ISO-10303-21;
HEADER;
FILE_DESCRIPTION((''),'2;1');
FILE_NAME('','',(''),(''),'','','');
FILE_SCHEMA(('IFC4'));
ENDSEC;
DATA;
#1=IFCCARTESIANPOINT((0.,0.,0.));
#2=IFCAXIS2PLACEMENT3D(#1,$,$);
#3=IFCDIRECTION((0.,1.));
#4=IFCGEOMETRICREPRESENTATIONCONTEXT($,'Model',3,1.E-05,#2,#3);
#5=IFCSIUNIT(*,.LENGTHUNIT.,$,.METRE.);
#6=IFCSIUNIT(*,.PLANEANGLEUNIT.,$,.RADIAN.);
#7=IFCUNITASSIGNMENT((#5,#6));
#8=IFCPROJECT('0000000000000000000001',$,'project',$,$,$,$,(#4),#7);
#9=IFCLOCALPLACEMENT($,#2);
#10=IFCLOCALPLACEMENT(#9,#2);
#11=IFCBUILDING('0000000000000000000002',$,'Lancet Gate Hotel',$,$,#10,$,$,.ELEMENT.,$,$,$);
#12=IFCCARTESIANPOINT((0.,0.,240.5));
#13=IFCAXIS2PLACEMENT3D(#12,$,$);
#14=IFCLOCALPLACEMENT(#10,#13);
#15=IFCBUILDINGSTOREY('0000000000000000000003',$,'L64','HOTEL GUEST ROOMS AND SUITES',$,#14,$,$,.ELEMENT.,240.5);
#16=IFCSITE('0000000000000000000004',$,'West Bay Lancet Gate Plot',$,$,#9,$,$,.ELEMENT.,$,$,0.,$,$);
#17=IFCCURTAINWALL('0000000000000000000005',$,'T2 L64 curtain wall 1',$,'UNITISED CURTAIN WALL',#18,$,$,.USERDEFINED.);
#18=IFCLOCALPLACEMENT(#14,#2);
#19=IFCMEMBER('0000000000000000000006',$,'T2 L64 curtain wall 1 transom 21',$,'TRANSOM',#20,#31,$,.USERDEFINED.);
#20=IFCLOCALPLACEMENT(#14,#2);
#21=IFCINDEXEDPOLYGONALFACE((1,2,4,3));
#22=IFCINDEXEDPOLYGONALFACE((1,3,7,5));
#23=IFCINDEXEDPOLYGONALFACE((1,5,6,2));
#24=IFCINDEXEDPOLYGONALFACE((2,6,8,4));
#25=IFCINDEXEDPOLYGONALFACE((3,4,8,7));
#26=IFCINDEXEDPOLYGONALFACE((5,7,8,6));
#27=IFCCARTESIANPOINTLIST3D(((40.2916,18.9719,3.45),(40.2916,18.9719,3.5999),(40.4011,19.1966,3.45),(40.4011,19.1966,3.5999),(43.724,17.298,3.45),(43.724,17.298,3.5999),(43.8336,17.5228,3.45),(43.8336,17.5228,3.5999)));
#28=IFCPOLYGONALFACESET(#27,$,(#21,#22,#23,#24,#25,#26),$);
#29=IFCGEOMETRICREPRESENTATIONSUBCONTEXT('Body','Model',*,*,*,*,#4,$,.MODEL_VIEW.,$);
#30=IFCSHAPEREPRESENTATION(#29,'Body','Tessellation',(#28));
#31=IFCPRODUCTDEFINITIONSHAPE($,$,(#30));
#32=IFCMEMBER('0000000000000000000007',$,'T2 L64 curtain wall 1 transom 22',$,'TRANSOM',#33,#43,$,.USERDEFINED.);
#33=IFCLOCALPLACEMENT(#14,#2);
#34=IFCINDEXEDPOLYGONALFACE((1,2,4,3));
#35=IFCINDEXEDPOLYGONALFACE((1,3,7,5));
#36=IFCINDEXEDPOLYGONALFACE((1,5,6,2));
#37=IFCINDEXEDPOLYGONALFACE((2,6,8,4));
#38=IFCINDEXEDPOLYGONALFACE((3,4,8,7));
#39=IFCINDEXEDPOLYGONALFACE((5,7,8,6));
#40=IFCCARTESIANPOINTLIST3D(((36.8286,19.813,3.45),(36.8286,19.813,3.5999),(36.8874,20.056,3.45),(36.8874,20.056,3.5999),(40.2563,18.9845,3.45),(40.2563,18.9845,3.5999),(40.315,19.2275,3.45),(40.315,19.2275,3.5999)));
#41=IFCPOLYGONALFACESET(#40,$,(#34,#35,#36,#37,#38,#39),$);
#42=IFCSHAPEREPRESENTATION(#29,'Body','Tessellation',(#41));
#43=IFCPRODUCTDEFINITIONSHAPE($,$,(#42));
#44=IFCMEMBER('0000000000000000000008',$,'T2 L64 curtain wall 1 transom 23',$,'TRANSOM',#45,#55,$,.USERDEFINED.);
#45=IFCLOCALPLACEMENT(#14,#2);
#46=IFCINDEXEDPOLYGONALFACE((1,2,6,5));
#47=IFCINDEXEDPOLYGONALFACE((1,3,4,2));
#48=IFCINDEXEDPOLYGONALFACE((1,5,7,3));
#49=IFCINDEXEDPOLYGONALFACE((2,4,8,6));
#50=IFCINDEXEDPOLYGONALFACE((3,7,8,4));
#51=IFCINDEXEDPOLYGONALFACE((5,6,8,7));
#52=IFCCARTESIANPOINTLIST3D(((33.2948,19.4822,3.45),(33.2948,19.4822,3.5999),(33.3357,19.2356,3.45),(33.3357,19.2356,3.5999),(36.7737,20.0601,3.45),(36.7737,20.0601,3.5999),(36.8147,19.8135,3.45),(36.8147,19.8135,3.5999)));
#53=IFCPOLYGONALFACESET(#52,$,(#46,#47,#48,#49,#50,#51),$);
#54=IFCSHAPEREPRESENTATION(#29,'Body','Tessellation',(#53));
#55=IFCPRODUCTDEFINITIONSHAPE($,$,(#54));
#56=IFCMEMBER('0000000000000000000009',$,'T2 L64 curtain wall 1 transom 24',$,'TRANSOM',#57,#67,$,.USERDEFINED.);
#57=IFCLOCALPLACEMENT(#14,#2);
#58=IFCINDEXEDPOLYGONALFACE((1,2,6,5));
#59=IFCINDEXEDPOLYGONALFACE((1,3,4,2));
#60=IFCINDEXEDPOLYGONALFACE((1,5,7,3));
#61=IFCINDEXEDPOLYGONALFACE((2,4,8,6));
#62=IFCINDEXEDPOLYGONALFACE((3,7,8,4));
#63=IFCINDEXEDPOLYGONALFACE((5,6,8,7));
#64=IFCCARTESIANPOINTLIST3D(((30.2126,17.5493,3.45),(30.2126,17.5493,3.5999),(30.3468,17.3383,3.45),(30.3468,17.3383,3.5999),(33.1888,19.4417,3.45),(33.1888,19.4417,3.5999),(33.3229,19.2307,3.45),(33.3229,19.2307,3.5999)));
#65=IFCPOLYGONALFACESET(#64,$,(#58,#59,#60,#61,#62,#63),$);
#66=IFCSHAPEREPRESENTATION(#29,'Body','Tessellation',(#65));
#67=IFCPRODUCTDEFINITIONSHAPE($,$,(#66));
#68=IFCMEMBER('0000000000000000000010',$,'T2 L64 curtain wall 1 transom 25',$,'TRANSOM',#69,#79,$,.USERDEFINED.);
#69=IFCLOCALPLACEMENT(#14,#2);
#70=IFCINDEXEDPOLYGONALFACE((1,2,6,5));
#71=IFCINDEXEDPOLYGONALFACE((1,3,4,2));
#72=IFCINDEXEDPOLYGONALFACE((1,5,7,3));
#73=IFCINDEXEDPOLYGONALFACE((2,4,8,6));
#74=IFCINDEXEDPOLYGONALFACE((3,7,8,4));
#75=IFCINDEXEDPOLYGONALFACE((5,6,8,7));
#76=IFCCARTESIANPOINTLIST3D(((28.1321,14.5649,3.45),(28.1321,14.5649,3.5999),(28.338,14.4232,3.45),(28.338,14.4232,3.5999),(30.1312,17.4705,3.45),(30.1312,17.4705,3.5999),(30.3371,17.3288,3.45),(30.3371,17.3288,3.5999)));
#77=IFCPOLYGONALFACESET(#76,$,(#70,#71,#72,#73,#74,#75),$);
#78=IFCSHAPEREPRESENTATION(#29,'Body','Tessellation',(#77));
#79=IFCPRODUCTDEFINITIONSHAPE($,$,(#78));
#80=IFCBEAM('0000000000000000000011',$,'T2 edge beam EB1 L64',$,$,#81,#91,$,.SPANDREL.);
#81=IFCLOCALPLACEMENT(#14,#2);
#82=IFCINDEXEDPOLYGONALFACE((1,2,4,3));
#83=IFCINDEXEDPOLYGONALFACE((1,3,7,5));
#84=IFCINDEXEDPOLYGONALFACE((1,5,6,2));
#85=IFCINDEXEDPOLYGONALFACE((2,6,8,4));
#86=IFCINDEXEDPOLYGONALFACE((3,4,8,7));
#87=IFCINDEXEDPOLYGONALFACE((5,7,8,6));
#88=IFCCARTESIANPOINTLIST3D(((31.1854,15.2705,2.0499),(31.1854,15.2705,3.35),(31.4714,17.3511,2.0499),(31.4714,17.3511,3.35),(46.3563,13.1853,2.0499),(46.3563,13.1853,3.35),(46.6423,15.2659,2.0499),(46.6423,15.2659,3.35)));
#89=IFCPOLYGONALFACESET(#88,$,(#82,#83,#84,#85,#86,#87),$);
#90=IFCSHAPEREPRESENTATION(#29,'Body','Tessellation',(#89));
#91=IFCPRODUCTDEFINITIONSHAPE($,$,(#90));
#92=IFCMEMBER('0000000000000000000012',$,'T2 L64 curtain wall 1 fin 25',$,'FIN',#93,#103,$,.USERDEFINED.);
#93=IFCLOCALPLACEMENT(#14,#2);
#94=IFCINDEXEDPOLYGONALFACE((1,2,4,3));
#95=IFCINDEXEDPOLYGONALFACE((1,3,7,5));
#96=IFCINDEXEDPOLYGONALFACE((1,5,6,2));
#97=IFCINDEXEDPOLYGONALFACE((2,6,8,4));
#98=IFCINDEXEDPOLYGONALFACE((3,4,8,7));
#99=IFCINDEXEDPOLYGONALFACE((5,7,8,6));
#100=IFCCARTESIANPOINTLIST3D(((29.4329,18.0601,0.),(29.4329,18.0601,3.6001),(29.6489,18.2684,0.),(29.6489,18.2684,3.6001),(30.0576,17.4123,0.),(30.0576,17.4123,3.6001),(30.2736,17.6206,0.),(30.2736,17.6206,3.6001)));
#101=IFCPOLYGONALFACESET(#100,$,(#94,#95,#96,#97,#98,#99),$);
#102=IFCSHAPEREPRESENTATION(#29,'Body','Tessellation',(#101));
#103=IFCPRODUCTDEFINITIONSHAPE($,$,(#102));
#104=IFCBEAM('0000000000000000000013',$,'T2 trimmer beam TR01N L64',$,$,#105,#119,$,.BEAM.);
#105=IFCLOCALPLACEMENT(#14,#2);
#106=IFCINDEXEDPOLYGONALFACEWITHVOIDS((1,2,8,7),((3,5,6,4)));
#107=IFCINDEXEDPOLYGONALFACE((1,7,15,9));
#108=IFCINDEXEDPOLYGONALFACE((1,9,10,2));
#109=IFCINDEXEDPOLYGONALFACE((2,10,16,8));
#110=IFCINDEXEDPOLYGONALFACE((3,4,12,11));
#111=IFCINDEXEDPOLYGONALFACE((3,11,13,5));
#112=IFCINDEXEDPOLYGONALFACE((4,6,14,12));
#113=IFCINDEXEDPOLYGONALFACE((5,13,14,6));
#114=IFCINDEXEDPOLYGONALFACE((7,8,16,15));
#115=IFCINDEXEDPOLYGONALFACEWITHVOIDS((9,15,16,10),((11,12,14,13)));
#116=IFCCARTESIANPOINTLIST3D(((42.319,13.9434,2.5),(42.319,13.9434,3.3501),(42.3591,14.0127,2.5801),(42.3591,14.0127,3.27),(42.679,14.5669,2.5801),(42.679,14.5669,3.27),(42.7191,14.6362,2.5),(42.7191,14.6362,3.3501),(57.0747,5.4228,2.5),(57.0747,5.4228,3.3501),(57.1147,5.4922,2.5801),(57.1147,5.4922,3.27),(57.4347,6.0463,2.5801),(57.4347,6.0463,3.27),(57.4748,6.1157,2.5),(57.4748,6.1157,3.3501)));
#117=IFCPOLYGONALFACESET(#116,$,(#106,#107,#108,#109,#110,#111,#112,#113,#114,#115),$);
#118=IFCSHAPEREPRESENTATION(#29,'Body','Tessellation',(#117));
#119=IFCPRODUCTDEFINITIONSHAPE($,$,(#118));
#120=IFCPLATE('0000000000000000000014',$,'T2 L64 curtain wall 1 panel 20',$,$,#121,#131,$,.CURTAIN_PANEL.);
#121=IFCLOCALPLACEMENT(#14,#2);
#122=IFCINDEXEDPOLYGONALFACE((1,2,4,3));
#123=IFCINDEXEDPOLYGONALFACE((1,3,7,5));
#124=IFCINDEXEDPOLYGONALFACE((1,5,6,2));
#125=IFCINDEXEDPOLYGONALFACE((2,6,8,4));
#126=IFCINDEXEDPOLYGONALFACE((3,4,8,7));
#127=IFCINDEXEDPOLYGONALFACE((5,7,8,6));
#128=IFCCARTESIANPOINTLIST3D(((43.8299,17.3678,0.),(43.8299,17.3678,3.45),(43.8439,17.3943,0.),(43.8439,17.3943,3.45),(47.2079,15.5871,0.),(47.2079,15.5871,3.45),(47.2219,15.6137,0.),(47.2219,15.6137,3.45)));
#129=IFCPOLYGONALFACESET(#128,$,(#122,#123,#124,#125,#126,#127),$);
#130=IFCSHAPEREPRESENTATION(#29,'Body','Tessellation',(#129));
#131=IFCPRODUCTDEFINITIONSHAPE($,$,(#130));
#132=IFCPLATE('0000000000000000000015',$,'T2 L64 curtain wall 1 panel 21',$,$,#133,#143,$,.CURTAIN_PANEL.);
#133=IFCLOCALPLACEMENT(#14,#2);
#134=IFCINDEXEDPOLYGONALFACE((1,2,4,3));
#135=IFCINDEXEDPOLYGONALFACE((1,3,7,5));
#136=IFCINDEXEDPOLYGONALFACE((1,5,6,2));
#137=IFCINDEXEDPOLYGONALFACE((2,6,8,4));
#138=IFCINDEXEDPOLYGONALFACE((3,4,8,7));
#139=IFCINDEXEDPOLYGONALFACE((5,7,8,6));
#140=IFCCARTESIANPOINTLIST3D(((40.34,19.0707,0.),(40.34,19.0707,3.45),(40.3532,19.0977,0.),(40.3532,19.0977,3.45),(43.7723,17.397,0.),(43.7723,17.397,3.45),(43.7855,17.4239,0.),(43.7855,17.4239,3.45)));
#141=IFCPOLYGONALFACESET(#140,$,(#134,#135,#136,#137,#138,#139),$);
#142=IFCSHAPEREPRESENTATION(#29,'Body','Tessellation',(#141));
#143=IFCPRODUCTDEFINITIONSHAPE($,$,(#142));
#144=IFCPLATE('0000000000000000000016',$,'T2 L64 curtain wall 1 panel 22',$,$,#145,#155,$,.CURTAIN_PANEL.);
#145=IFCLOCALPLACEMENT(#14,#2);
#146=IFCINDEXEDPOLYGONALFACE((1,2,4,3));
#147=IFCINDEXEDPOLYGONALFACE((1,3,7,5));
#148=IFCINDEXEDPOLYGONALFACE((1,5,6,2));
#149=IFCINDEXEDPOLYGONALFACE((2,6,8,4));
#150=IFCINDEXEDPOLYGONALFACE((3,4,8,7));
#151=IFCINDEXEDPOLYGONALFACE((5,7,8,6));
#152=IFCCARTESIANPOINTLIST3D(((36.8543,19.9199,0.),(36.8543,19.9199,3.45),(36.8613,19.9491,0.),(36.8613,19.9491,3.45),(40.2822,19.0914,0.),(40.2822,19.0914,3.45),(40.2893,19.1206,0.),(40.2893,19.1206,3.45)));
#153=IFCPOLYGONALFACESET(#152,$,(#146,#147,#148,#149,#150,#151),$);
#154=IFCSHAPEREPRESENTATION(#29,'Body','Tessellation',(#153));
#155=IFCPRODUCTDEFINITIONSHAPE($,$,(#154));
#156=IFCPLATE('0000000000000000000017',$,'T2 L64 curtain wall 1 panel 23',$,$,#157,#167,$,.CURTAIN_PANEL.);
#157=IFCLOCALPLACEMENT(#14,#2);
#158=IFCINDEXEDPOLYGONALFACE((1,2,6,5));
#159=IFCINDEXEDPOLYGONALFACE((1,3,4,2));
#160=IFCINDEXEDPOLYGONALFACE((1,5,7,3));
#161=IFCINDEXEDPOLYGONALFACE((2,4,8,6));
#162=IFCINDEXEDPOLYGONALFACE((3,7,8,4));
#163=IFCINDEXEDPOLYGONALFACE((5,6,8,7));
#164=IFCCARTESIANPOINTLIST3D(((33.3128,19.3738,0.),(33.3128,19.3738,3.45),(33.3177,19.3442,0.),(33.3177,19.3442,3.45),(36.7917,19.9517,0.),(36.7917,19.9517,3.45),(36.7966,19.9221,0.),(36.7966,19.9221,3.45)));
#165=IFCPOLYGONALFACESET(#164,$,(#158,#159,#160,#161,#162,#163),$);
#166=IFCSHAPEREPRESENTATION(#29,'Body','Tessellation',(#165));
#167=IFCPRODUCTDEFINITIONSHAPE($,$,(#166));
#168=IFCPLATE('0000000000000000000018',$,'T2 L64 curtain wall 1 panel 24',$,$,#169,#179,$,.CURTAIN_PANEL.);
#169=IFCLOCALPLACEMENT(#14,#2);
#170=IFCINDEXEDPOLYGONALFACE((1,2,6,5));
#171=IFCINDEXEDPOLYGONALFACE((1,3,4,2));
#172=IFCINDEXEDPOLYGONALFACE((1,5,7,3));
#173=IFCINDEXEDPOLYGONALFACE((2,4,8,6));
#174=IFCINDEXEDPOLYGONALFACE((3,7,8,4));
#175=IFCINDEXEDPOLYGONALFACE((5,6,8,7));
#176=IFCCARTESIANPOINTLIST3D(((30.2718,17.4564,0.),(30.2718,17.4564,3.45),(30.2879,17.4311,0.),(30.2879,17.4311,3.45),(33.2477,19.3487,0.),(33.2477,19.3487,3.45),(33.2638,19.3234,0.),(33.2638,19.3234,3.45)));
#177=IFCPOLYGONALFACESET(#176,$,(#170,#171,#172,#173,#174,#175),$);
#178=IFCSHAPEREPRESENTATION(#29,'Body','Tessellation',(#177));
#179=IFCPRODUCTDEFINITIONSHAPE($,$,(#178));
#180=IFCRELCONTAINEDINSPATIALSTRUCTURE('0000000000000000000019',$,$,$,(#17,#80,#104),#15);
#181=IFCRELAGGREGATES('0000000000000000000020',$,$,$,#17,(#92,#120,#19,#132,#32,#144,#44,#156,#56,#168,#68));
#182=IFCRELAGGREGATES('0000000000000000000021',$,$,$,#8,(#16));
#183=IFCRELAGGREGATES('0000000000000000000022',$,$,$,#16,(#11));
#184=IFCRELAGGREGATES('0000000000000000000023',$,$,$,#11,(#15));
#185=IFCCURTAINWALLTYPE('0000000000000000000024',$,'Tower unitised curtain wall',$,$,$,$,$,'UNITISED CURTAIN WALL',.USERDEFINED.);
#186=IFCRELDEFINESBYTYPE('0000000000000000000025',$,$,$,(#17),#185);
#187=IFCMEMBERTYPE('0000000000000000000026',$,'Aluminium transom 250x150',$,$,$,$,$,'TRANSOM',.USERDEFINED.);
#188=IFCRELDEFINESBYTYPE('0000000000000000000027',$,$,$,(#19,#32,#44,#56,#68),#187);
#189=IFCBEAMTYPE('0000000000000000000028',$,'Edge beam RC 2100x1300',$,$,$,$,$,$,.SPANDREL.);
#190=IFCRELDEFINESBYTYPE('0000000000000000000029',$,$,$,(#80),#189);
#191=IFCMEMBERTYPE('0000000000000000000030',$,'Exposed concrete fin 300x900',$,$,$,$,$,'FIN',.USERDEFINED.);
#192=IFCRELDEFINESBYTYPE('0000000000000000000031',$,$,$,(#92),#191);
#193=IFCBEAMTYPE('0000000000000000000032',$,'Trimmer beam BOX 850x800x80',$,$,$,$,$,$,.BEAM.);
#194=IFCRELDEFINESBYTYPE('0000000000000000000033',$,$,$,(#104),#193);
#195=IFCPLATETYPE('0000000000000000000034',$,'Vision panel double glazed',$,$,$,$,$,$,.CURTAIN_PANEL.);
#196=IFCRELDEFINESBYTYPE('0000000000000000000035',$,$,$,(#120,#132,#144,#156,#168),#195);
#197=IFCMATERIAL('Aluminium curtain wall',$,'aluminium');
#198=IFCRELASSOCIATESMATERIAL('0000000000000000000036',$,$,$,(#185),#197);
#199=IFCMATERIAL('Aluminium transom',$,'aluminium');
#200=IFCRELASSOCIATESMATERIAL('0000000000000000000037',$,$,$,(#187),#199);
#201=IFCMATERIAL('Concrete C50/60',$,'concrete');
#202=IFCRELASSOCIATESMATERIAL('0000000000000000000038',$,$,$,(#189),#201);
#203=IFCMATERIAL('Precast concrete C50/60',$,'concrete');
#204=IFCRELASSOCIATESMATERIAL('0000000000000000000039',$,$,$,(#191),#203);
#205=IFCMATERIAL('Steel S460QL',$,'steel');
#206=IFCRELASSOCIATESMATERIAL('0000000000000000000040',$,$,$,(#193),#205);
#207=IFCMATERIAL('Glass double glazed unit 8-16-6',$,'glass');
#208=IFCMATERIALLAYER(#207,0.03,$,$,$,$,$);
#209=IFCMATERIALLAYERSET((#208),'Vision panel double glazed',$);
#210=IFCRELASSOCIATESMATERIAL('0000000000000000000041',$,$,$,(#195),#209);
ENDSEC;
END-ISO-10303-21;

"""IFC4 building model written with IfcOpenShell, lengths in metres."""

from ifc_helpers import new_model, si_unit, direction, frame, origin, origin_2d, place, context, subcontext, project, spatial, rectangle, hollow_rectangle, extrude, material, layer, layer_set, material_profile, profile_set, type_object, element, aggregate, save


model = new_model("IFC4")

# Units and contexts
model_context = context("Model", 3, precision=1e-05, world=origin(), true_north=direction((0.0, 1.0)))
body_context = subcontext(model_context, "Body", "Model", "MODEL_VIEW")
ifc_project = project(units=[si_unit("LENGTHUNIT", "METRE"), si_unit("PLANEANGLEUNIT", "RADIAN")], contexts=[model_context])

# Site, building, storey
site_placement = place(None, origin())
site = spatial("IfcSite", under=ifc_project, at=site_placement, Name="West Bay Lancet Gate Plot", CompositionType="ELEMENT", RefElevation=0.0)
building_placement = place(site_placement, origin())
building = spatial("IfcBuilding", under=site, at=building_placement, Name="Lancet Gate Hotel", CompositionType="ELEMENT")
storey_placement = place(building_placement, frame((0.0, 0.0, 240.5)))
storey = spatial("IfcBuildingStorey", under=building, at=storey_placement, Name="L64", Description="HOTEL GUEST ROOMS AND SUITES", CompositionType="ELEMENT", Elevation=240.5)

# Curtain wall, members
ifc_material_1 = material(Name="Aluminium curtain wall", Category="aluminium")
curtain_wall_type = type_object("IfcCurtainWallType", Name="Tower unitised curtain wall", ElementType="UNITISED CURTAIN WALL", PredefinedType="USERDEFINED", material=ifc_material_1)
curtain_wall_placement = place(storey_placement, origin())
curtain_wall = element("IfcCurtainWall", 1, at=curtain_wall_placement, inside=storey, type_object=curtain_wall_type, Name="T2 L64 curtain wall 1", ObjectType="UNITISED CURTAIN WALL", PredefinedType="USERDEFINED")
ifc_material_2 = material(Name="Aluminium transom", Category="aluminium")
ifc_material_profile_1 = material_profile(ifc_material_2, rectangle(XDim=0.25, YDim=0.1499, at=origin_2d()), Name="TRANSOM 250x150")
ifc_profile_set_1 = profile_set([ifc_material_profile_1], Name="Aluminium transom")
member_type_1 = type_object("IfcMemberType", Name="Aluminium transom 250x150", ElementType="TRANSOM", PredefinedType="USERDEFINED", material=ifc_profile_set_1)
member_1_placement = place(storey_placement, frame((43.7788, 17.4104, 3.5249), z_axis=(-0.89882, 0.438318, 0.0), x_axis=(-0.438318, -0.89882, 0.0)))
member_1 = element("IfcMember", 2, at=member_1_placement, type_object=member_type_1, Name="T2 L64 curtain wall 1 transom 21", ObjectType="TRANSOM", PredefinedType="USERDEFINED", context=body_context, shape_type="SweptSolid", body=[
    extrude(rectangle(XDim=0.25, YDim=0.1499, at=origin_2d()), origin(), (0.0, 0.0, 1.0), 3.8188),
])
member_2_placement = place(storey_placement, frame((40.2856, 19.106, 3.5249), z_axis=(-0.972003, 0.23497, 0.0), x_axis=(-0.23497, -0.972003, 0.0)))
member_2 = element("IfcMember", 3, at=member_2_placement, type_object=member_type_1, Name="T2 L64 curtain wall 1 transom 22", ObjectType="TRANSOM", PredefinedType="USERDEFINED", context=body_context, shape_type="SweptSolid", body=[
    extrude(rectangle(XDim=0.25, YDim=0.1499, at=origin_2d()), origin(), (0.0, 0.0, 1.0), 3.5264),
])
member_3_placement = place(storey_placement, frame((36.7942, 19.9368, 3.5249), z_axis=(-0.986484, -0.16386, 0.0), x_axis=(0.16386, -0.986484, 0.0)))
member_3 = element("IfcMember", 4, at=member_3_placement, type_object=member_type_1, Name="T2 L64 curtain wall 1 transom 23", ObjectType="TRANSOM", PredefinedType="USERDEFINED", context=body_context, shape_type="SweptSolid", body=[
    extrude(rectangle(XDim=0.25, YDim=0.1499, at=origin_2d()), origin(), (0.0, 0.0, 1.0), 3.5266),
])
member_4_placement = place(storey_placement, frame((33.2559, 19.3362, 3.5249), z_axis=(-0.843858, -0.536566, 0.0), x_axis=(0.536566, -0.843858, 0.0)))
member_4 = element("IfcMember", 5, at=member_4_placement, type_object=member_type_1, Name="T2 L64 curtain wall 1 transom 24", ObjectType="TRANSOM", PredefinedType="USERDEFINED", context=body_context, shape_type="SweptSolid", body=[
    extrude(rectangle(XDim=0.25, YDim=0.1499, at=origin_2d()), origin(), (0.0, 0.0, 1.0), 3.5269),
])
member_5_placement = place(storey_placement, frame((30.2341, 17.3997, 3.5249), z_axis=(-0.566814, -0.823846, 0.0), x_axis=(0.823846, -0.566814, 0.0)))
member_5 = element("IfcMember", 6, at=member_5_placement, type_object=member_type_1, Name="T2 L64 curtain wall 1 transom 25", ObjectType="TRANSOM", PredefinedType="USERDEFINED", context=body_context, shape_type="SweptSolid", body=[
    extrude(rectangle(XDim=0.25, YDim=0.1499, at=origin_2d()), origin(), (0.0, 0.0, 1.0), 3.5269),
])

# Beam
ifc_material_3 = material(Name="Concrete C50/60", Category="concrete")
ifc_material_profile_2 = material_profile(ifc_material_3, rectangle(XDim=2.1001, YDim=1.3, at=origin_2d()), Name="RC 2100x1300")
ifc_profile_set_2 = profile_set([ifc_material_profile_2], Name="Concrete C50/60")
beam_type_1 = type_object("IfcBeamType", Name="Edge beam RC 2100x1300", PredefinedType="SPANDREL", material=ifc_profile_set_2)
beam_1_placement = place(storey_placement, frame((46.4993, 14.2256, 2.7), z_axis=(-0.990686, 0.136167, 0.0), x_axis=(-0.136167, -0.990686, 0.0)))
element("IfcBeam", 7, at=beam_1_placement, inside=storey, type_object=beam_type_1, Name="T2 edge beam EB1 L64", PredefinedType="SPANDREL", context=body_context, shape_type="SweptSolid", body=[
    extrude(rectangle(XDim=2.1001, YDim=1.3, at=origin_2d()), origin(), (0.0, 0.0, 1.0), 15.3135),
])

# Member
ifc_material_4 = material(Name="Precast concrete C50/60", Category="concrete")
ifc_material_profile_3 = material_profile(ifc_material_4, rectangle(XDim=0.3, YDim=0.8999, at=origin_2d()), Name="FIN 300x900")
ifc_profile_set_3 = profile_set([ifc_material_profile_3], Name="Precast concrete C50/60")
member_type_2 = type_object("IfcMemberType", Name="Exposed concrete fin 300x900", ElementType="FIN", PredefinedType="USERDEFINED", material=ifc_profile_set_3)
member_6_placement = place(storey_placement, frame((29.8533, 17.8403, 0.0), z_axis=(0.0, 0.0, 1.0), x_axis=(-0.719809, -0.694172, 0.0)))
member_6 = element("IfcMember", 8, at=member_6_placement, type_object=member_type_2, Name="T2 L64 curtain wall 1 fin 25", ObjectType="FIN", PredefinedType="USERDEFINED", context=body_context, shape_type="SweptSolid", body=[
    extrude(rectangle(XDim=0.3, YDim=0.8999, at=origin_2d()), origin(), (0.0, 0.0, 1.0), 3.6001),
])

# Beam
ifc_material_5 = material(Name="Steel S460QL", Category="steel")
ifc_material_profile_4 = material_profile(ifc_material_5, hollow_rectangle(XDim=0.8, YDim=0.8501, WallThickness=0.0801, at=origin_2d()), Name="BOX 850x800x80")
ifc_profile_set_4 = profile_set([ifc_material_profile_4], Name="Steel S460QL")
beam_type_2 = type_object("IfcBeamType", Name="Trimmer beam BOX 850x800x80", PredefinedType="BEAM", material=ifc_profile_set_4)
beam_2_placement = place(storey_placement, frame((42.519, 14.2898, 2.925), z_axis=(0.865991, -0.500059, 0.0), x_axis=(0.500059, 0.865991, 0.0)))
element("IfcBeam", 9, at=beam_2_placement, inside=storey, type_object=beam_type_2, Name="T2 trimmer beam TR01N L64", PredefinedType="BEAM", context=body_context, shape_type="SweptSolid", body=[
    extrude(hollow_rectangle(XDim=0.8, YDim=0.8501, WallThickness=0.0801, at=origin_2d()), origin(), (0.0, 0.0, 1.0), 17.0391),
])

# Plates
ifc_material_6 = material(Name="Glass double glazed unit 8-16-6", Category="glass")
ifc_layer = layer(ifc_material_6, 0.03)
ifc_layer_set = layer_set([ifc_layer], Name="Vision panel double glazed")
plate_type = type_object("IfcPlateType", Name="Vision panel double glazed", PredefinedType="CURTAIN_PANEL", material=ifc_layer_set)
plate_1_placement = place(storey_placement, frame((45.5259, 16.4907, 0.0), z_axis=(0.0, 0.0, 1.0), x_axis=(-0.884623, 0.466307, 0.0)))
plate_1 = element("IfcPlate", 10, at=plate_1_placement, type_object=plate_type, Name="T2 L64 curtain wall 1 panel 20", PredefinedType="CURTAIN_PANEL", context=body_context, shape_type="SweptSolid", body=[
    extrude(rectangle(XDim=3.8186, YDim=0.03, at=origin_2d()), origin(), (0.0, 0.0, 1.0), 3.45),
])
plate_2_placement = place(storey_placement, frame((42.0627, 18.2473, 0.0), z_axis=(0.0, 0.0, 1.0), x_axis=(-0.898823, 0.438311, 0.0)))
plate_2 = element("IfcPlate", 11, at=plate_2_placement, type_object=plate_type, Name="T2 L64 curtain wall 1 panel 21", PredefinedType="CURTAIN_PANEL", context=body_context, shape_type="SweptSolid", body=[
    extrude(rectangle(XDim=3.8186, YDim=0.03, at=origin_2d()), origin(), (0.0, 0.0, 1.0), 3.45),
])
plate_3_placement = place(storey_placement, frame((38.5718, 19.5203, 0.0), z_axis=(0.0, 0.0, 1.0), x_axis=(-0.972014, 0.234924, 0.0)))
plate_3 = element("IfcPlate", 12, at=plate_3_placement, type_object=plate_type, Name="T2 L64 curtain wall 1 panel 22", PredefinedType="CURTAIN_PANEL", context=body_context, shape_type="SweptSolid", body=[
    extrude(rectangle(XDim=3.5266, YDim=0.03, at=origin_2d()), origin(), (0.0, 0.0, 1.0), 3.45),
])
plate_4_placement = place(storey_placement, frame((35.0547, 19.6479, 0.0), z_axis=(0.0, 0.0, 1.0), x_axis=(-0.98648, -0.163881, 0.0)))
plate_4 = element("IfcPlate", 13, at=plate_4_placement, type_object=plate_type, Name="T2 L64 curtain wall 1 panel 23", PredefinedType="CURTAIN_PANEL", context=body_context, shape_type="SweptSolid", body=[
    extrude(rectangle(XDim=3.5266, YDim=0.03, at=origin_2d()), origin(), (0.0, 0.0, 1.0), 3.45),
])
plate_5_placement = place(storey_placement, frame((31.7678, 18.3899, 0.0), z_axis=(0.0, 0.0, 1.0), x_axis=(-0.843845, -0.536587, 0.0)))
plate_5 = element("IfcPlate", 14, at=plate_5_placement, type_object=plate_type, Name="T2 L64 curtain wall 1 panel 24", PredefinedType="CURTAIN_PANEL", context=body_context, shape_type="SweptSolid", body=[
    extrude(rectangle(XDim=3.5266, YDim=0.03, at=origin_2d()), origin(), (0.0, 0.0, 1.0), 3.45),
])
aggregate(curtain_wall, [member_6, plate_1, member_1, plate_2, member_2, plate_3, member_3, plate_4, member_4, plate_5, member_5])

save(model, "model.ifc")
